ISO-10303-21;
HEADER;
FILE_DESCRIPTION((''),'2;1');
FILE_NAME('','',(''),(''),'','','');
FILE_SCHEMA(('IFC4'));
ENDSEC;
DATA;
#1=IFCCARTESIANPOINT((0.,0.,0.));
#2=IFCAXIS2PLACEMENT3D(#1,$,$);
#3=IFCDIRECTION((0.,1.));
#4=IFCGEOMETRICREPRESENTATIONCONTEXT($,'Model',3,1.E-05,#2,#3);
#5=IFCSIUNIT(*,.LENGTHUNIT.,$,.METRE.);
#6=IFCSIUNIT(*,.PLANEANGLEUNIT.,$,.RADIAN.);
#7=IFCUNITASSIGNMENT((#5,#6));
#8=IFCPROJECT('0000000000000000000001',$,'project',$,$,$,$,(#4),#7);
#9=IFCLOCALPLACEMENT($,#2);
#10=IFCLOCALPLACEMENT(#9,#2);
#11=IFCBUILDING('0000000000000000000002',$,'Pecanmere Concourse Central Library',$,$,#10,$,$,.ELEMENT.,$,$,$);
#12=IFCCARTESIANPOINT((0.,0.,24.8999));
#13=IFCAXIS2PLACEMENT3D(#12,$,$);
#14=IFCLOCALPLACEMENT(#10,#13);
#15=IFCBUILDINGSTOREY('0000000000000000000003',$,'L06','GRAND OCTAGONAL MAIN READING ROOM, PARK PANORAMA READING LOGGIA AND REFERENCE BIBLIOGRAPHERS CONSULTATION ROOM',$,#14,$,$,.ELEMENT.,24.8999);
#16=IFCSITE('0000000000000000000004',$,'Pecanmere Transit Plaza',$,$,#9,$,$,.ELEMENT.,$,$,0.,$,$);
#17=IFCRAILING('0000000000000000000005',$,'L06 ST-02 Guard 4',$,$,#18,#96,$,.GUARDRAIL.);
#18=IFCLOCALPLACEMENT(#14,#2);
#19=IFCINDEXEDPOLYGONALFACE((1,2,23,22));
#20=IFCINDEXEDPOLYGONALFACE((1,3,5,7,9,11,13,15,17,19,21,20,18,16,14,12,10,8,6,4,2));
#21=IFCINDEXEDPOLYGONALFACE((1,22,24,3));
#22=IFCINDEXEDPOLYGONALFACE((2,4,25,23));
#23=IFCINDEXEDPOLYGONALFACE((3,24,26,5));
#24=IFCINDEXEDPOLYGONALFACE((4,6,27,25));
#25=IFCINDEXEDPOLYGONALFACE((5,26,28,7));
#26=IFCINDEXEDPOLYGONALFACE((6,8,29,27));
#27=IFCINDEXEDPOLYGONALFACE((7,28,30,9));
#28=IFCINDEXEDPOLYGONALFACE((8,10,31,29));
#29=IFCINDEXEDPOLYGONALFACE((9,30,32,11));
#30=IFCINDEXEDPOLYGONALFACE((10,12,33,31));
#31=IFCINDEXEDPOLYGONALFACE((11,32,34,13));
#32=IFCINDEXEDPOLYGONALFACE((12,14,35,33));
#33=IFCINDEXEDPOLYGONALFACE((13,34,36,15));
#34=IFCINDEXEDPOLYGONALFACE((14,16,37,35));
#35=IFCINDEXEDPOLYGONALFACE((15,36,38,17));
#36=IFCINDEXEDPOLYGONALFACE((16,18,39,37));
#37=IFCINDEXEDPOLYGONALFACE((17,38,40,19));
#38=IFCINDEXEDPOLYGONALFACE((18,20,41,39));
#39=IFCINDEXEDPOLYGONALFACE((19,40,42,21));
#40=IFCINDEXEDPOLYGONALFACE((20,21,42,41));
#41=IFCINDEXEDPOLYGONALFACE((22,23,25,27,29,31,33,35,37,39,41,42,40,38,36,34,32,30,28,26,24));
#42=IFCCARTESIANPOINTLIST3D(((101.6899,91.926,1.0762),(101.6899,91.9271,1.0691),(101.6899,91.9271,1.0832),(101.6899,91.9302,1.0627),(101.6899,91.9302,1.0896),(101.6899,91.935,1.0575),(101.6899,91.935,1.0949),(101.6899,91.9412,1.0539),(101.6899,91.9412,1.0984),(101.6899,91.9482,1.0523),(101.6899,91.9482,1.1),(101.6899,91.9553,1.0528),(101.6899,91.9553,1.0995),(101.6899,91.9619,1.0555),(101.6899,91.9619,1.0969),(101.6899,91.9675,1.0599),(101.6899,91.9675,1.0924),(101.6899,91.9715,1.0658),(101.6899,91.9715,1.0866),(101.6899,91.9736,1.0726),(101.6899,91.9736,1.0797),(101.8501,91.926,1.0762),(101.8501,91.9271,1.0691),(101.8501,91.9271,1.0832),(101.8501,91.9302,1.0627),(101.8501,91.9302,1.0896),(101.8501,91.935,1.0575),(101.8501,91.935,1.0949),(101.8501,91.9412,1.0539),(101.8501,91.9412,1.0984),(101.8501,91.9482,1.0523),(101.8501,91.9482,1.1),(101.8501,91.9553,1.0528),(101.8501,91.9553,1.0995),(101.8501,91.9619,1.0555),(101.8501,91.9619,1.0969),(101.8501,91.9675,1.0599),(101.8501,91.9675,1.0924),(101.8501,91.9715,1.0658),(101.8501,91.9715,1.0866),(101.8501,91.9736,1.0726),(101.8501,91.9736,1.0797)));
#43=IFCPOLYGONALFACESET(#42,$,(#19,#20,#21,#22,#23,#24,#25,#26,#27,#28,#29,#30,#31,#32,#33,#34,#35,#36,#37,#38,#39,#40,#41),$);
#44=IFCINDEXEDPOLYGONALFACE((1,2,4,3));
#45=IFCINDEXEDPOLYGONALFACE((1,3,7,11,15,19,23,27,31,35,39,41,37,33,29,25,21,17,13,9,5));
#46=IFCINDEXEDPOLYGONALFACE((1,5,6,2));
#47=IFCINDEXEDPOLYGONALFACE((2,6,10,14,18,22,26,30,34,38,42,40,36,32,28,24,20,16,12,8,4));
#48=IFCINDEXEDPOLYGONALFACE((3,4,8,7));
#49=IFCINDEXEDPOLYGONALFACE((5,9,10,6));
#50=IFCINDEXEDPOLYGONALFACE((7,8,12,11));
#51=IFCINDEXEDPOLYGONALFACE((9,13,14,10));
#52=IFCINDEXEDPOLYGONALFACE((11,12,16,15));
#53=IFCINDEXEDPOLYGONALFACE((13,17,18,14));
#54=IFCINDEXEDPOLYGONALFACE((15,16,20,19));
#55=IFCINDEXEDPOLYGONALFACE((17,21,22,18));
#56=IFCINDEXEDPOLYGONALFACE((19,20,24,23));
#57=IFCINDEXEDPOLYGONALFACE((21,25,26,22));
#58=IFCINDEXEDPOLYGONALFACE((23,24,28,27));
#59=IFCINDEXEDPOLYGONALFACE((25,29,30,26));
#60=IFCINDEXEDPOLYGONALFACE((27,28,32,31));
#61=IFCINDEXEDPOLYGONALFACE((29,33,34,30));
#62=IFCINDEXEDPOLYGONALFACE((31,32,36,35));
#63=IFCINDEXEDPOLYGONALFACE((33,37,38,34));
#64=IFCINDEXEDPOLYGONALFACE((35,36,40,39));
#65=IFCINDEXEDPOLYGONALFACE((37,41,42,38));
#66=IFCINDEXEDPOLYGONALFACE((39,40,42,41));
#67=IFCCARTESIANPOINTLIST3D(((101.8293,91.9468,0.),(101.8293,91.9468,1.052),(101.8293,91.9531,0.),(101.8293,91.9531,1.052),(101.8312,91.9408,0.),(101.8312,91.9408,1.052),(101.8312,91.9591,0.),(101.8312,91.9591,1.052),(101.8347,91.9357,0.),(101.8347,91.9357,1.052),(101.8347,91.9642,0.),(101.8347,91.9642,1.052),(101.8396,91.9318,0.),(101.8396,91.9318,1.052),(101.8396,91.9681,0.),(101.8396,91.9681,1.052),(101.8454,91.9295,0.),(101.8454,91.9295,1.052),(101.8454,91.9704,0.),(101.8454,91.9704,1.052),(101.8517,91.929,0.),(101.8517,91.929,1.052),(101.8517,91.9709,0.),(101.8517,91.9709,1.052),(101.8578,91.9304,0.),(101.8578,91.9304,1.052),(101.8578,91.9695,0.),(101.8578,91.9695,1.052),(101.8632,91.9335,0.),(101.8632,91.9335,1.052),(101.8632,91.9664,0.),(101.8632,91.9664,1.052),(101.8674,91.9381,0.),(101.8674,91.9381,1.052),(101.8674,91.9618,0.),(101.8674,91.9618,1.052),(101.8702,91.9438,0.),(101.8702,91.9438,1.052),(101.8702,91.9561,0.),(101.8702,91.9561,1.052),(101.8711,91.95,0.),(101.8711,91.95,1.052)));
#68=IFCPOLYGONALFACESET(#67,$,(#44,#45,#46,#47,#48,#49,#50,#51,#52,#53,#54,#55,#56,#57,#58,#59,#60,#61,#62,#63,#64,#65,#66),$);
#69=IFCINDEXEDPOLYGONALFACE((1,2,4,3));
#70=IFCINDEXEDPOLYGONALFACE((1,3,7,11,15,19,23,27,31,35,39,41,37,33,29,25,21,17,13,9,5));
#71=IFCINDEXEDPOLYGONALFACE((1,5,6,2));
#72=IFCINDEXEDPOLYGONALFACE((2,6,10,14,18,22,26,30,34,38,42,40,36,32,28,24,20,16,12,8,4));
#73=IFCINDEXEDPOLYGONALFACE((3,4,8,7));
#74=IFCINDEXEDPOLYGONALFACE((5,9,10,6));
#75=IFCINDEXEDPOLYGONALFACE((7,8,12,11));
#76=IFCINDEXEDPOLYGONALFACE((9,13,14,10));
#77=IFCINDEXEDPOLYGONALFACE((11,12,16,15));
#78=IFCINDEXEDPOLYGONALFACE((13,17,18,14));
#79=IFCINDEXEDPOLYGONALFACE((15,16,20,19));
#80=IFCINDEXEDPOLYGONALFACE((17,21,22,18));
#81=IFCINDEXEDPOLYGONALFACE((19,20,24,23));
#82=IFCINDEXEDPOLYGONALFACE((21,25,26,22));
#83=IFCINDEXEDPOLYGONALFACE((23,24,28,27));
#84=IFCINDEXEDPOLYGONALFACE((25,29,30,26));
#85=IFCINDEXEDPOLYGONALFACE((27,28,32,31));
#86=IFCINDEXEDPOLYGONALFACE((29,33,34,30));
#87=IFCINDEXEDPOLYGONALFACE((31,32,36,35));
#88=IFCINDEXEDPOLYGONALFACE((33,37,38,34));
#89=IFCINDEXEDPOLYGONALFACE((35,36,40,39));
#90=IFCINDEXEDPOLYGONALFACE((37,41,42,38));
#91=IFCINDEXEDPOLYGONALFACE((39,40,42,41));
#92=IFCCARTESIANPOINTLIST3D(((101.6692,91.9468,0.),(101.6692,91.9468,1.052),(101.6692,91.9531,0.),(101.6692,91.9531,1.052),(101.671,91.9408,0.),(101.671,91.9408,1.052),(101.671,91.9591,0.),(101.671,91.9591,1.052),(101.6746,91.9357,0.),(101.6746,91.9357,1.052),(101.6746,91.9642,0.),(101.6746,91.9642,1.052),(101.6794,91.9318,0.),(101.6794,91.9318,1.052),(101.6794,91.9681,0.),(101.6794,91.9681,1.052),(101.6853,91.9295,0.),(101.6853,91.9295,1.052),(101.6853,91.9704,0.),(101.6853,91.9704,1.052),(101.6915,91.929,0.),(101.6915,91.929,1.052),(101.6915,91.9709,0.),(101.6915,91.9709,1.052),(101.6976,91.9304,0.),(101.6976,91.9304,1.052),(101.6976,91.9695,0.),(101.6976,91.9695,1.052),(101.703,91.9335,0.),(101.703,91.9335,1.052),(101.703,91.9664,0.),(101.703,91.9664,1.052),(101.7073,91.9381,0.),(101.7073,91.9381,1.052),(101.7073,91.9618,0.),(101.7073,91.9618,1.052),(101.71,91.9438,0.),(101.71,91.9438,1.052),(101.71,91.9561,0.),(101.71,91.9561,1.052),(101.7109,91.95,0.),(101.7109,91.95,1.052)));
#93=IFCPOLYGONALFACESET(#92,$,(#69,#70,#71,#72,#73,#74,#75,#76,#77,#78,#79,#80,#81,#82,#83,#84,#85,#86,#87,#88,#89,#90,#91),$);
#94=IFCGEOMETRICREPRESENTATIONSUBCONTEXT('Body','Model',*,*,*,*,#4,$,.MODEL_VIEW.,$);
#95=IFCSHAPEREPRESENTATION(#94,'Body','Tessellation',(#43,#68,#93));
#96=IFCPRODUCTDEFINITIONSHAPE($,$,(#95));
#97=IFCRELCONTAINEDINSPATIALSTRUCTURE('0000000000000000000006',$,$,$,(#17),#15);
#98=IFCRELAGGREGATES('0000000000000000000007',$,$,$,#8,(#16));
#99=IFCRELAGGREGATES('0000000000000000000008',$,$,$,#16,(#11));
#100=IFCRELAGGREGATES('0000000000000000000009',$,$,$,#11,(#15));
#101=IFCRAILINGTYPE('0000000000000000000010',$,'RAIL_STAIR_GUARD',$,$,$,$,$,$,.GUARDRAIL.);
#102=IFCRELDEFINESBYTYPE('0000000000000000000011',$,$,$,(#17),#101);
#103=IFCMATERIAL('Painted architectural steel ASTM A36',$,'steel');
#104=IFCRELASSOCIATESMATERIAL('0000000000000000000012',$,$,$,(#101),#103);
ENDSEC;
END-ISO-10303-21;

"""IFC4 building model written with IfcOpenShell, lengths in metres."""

from ifc_helpers import new_model, si_unit, direction, frame, origin, origin_2d, place, context, subcontext, project, spatial, circle, extrude, material, type_object, element, save


model = new_model("IFC4")

# Units and contexts
model_context = context("Model", 3, precision=1e-05, world=origin(), true_north=direction((0.0, 1.0)))
body_context = subcontext(model_context, "Body", "Model", "MODEL_VIEW")
ifc_project = project(units=[si_unit("LENGTHUNIT", "METRE"), si_unit("PLANEANGLEUNIT", "RADIAN")], contexts=[model_context])

# Site, building, storey
site_placement = place(None, origin())
site = spatial("IfcSite", under=ifc_project, at=site_placement, Name="Pecanmere Transit Plaza", CompositionType="ELEMENT", RefElevation=0.0)
building_placement = place(site_placement, origin())
building = spatial("IfcBuilding", under=site, at=building_placement, Name="Pecanmere Concourse Central Library", CompositionType="ELEMENT")
storey_placement = place(building_placement, frame((0.0, 0.0, 24.8999)))
storey = spatial("IfcBuildingStorey", under=building, at=storey_placement, Name="L06", Description="GRAND OCTAGONAL MAIN READING ROOM, PARK PANORAMA READING LOGGIA AND REFERENCE BIBLIOGRAPHERS CONSULTATION ROOM", CompositionType="ELEMENT", Elevation=24.8999)

# Railing
ifc_material_1 = material(Name="Painted architectural steel ASTM A36", Category="steel")
railing_type_1 = type_object("IfcRailingType", Name="RAIL_STAIR_GUARD", PredefinedType="GUARDRAIL", material=ifc_material_1)
railing_1_placement = place(storey_placement, frame((101.8501, 91.95, 0.0)))
element("IfcRailing", 1, at=railing_1_placement, inside=storey, type_object=railing_type_1, Name="L06 ST-02 Guard 4", PredefinedType="GUARDRAIL", context=body_context, shape_type="SweptSolid", body=[
    extrude(circle(Radius=0.0239, at=origin_2d()), frame((0.0, 0.0, 1.0762), z_axis=(-1.0, 0.0, 0.0), x_axis=(0.0, -1.0, 0.0)), (0.0, 0.0, 1.0), 0.1602),
    extrude(circle(Radius=0.021, at=origin_2d()), origin(), (0.0, 0.0, 1.0), 1.052),
    extrude(circle(Radius=0.021, at=origin_2d()), frame((-0.1602, 0.0, 0.0)), (0.0, 0.0, 1.0), 1.052),
])

save(model, "model.ifc")
